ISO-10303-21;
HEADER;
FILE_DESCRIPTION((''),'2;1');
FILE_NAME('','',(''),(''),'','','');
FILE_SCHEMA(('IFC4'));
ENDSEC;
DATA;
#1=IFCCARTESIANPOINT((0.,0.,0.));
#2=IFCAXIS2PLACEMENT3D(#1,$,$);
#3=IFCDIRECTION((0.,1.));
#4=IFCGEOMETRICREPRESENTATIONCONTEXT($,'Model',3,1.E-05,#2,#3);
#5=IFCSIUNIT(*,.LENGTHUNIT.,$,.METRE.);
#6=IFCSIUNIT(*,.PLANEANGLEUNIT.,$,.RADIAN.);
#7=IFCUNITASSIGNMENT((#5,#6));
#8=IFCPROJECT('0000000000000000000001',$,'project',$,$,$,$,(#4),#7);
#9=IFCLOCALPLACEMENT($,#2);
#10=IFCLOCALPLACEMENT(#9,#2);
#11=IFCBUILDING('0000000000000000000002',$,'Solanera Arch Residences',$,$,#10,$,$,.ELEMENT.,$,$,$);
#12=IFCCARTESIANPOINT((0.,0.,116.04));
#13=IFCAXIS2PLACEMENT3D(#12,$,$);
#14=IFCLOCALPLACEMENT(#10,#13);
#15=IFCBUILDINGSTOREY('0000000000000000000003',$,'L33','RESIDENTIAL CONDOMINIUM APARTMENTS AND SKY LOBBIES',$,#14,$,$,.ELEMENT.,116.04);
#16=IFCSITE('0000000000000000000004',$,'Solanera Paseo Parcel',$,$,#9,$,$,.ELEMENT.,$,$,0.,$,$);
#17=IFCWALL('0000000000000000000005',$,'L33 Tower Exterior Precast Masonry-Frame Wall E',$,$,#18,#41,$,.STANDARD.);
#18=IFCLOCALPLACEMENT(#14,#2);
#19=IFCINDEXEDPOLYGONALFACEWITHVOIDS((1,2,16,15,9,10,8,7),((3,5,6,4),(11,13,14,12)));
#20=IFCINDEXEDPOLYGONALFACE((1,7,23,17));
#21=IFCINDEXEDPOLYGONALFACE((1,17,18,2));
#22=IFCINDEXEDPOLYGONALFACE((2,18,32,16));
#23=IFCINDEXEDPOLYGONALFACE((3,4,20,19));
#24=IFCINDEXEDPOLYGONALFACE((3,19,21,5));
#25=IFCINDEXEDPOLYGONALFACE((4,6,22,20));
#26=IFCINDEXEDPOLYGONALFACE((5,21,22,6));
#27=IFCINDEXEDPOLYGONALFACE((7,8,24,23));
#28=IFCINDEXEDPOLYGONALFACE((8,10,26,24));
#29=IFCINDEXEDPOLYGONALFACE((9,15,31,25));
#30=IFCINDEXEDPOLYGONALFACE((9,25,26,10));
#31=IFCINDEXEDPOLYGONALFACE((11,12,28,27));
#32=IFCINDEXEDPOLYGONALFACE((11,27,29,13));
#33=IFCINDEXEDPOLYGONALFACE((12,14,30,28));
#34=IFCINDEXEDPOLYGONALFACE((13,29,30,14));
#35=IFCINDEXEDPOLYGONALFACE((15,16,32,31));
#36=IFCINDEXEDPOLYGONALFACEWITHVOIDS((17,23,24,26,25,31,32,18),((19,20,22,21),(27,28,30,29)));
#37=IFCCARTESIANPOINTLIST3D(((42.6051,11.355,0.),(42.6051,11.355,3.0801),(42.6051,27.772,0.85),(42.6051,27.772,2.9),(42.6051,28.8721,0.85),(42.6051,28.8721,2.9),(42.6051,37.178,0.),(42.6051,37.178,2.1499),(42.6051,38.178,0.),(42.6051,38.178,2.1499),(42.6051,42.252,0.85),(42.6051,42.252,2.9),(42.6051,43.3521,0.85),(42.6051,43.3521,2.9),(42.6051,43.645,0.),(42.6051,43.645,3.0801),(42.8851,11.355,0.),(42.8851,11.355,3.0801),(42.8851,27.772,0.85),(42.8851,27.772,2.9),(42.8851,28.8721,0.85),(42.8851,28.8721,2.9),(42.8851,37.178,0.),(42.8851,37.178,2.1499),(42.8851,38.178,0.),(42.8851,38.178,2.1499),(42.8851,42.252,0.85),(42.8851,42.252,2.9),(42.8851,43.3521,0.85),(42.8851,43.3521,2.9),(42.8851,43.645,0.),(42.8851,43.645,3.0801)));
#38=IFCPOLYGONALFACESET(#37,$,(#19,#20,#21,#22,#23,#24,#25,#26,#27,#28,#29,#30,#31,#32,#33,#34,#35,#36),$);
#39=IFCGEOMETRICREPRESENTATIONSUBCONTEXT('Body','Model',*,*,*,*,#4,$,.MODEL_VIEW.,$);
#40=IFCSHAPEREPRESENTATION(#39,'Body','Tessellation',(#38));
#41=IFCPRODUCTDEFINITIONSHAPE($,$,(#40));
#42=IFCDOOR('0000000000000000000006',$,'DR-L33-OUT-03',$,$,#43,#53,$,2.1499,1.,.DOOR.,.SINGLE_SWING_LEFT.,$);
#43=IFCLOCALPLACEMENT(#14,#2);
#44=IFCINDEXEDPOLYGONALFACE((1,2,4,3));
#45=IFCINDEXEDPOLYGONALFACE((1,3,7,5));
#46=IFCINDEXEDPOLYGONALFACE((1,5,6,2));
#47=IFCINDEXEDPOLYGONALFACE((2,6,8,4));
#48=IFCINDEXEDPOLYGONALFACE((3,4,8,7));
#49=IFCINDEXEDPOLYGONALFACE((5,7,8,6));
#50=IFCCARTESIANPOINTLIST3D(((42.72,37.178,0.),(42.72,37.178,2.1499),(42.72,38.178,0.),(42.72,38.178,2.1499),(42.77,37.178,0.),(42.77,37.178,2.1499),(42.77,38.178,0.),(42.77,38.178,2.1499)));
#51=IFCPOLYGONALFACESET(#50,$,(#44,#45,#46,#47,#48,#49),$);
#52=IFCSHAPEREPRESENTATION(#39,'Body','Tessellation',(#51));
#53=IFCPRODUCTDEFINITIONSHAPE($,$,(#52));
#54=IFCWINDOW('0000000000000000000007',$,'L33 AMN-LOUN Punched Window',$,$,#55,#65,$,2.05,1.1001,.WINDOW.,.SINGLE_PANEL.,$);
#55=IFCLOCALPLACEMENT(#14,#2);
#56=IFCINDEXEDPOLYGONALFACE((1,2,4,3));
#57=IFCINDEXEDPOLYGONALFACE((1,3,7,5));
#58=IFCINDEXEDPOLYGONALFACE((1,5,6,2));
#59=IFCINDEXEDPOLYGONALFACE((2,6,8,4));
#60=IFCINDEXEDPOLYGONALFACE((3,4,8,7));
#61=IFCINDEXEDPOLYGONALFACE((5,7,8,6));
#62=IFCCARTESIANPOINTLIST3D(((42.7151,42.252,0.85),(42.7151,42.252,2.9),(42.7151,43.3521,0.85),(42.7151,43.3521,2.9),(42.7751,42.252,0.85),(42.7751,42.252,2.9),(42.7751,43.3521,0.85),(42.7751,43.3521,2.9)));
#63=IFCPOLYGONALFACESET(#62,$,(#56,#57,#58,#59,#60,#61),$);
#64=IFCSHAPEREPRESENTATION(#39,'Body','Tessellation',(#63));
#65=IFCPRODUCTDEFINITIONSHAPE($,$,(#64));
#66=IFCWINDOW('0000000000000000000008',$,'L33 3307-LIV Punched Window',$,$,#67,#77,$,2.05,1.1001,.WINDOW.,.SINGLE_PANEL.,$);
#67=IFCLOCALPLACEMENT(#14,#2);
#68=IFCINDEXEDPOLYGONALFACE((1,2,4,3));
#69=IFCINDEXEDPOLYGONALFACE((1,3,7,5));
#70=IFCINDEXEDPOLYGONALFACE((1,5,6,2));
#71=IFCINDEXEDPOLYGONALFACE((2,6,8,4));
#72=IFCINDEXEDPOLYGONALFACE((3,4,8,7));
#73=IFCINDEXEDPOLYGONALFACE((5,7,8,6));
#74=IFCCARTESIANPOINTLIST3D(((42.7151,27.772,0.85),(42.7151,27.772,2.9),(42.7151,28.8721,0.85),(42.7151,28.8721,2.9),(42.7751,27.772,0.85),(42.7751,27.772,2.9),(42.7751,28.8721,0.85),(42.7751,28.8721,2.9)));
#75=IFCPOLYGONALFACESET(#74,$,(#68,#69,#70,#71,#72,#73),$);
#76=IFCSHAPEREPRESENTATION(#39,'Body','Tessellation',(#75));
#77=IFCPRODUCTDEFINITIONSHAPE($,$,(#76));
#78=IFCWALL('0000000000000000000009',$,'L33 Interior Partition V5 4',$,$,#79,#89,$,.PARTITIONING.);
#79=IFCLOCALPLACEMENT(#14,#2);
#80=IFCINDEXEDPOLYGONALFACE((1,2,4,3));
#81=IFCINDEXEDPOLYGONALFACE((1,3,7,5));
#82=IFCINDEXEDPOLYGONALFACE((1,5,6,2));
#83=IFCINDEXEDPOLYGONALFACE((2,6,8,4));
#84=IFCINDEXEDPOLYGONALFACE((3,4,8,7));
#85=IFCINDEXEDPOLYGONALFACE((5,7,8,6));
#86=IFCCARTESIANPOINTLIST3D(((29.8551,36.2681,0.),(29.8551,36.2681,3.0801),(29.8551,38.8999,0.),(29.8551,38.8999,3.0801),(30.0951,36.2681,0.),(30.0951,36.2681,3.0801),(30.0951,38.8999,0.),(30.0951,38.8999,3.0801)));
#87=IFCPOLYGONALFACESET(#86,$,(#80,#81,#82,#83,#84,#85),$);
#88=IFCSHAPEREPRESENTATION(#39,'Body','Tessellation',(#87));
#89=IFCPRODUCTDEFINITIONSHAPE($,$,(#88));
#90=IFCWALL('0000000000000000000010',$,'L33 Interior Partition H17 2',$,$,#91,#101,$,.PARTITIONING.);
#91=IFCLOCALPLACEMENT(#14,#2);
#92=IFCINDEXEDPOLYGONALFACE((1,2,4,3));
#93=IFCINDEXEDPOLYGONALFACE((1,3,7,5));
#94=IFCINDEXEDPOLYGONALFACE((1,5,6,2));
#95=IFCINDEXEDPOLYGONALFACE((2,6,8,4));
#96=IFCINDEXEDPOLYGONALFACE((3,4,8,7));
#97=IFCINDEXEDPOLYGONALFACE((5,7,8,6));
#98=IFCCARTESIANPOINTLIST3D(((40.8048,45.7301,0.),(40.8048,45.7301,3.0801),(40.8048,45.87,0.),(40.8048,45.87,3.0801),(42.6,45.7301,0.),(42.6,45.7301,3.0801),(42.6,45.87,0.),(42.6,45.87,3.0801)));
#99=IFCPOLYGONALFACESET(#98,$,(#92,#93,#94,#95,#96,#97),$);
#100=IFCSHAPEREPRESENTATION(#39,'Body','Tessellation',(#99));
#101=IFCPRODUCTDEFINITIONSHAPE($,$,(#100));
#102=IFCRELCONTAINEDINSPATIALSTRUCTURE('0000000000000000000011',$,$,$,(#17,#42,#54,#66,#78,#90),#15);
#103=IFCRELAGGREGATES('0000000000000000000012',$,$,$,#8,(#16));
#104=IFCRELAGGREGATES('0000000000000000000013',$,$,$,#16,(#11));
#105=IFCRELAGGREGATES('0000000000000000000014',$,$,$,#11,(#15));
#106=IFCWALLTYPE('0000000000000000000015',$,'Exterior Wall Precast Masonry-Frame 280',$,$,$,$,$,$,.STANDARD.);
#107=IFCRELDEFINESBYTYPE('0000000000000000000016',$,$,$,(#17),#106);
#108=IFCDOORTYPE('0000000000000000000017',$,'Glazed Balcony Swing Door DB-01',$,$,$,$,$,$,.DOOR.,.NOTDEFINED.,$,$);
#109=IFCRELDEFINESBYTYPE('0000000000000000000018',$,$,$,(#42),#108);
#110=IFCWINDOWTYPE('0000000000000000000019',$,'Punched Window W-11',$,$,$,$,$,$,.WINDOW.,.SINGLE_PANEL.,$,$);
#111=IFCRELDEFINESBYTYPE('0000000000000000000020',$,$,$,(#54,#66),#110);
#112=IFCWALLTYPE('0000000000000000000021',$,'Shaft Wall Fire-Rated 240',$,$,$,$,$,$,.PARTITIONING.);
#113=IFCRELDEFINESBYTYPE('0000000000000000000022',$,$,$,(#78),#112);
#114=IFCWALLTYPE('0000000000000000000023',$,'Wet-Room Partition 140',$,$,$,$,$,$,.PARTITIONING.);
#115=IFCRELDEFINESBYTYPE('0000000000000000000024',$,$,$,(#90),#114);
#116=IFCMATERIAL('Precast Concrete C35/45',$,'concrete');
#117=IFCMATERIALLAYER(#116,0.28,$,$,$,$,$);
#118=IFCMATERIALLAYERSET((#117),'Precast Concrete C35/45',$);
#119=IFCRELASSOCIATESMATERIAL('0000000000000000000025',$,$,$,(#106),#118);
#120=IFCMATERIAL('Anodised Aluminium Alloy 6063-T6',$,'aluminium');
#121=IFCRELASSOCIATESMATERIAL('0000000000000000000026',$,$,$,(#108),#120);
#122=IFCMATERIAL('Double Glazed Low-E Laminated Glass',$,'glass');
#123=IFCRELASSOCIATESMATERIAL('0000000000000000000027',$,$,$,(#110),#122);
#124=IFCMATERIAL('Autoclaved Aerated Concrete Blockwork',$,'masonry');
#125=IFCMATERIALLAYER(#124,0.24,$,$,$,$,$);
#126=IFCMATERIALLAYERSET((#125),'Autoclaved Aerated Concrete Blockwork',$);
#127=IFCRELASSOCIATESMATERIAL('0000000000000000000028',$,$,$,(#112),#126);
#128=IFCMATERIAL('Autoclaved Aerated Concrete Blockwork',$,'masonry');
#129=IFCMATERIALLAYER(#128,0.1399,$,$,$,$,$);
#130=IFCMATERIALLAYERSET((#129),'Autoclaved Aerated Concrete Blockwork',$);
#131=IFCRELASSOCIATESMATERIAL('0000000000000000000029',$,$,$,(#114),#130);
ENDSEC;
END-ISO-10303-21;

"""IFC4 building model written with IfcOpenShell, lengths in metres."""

from ifc_helpers import new_model, si_unit, direction, frame, frame_2d, origin, place, context, subcontext, project, spatial, rectangle, extrude, material, layer, layer_set, type_object, element, fill, save


model = new_model("IFC4")

# Units and contexts
model_context = context("Model", 3, precision=1e-05, world=origin(), true_north=direction((0.0, 1.0)))
body_context = subcontext(model_context, "Body", "Model", "MODEL_VIEW")
ifc_project = project(units=[si_unit("LENGTHUNIT", "METRE"), si_unit("PLANEANGLEUNIT", "RADIAN")], contexts=[model_context])

# Site, building, storey
site_placement = place(None, origin())
site = spatial("IfcSite", under=ifc_project, at=site_placement, Name="Solanera Paseo Parcel", CompositionType="ELEMENT", RefElevation=0.0)
building_placement = place(site_placement, origin())
building = spatial("IfcBuilding", under=site, at=building_placement, Name="Solanera Arch Residences", CompositionType="ELEMENT")
storey_placement = place(building_placement, frame((0.0, 0.0, 116.04)))
storey = spatial("IfcBuildingStorey", under=building, at=storey_placement, Name="L33", Description="RESIDENTIAL CONDOMINIUM APARTMENTS AND SKY LOBBIES", CompositionType="ELEMENT", Elevation=116.04)

# Shared definitions
ifc_material_1 = material(Name="Precast Concrete C35/45", Category="concrete")
ifc_layer_1 = layer(ifc_material_1, 0.28)
ifc_layer_set_1 = layer_set([ifc_layer_1], Name="Precast Concrete C35/45")
wall_type_1 = type_object("IfcWallType", Name="Exterior Wall Precast Masonry-Frame 280", PredefinedType="STANDARD", material=ifc_layer_set_1)

# Wall, openings, door, windows
wall_1_placement = place(storey_placement, frame((42.7451, 43.645, 0.0), z_axis=(0.0, 0.0, 1.0), x_axis=(0.0, -1.0, 0.0)))
wall_1 = element("IfcWall", 1, at=wall_1_placement, inside=storey, type_object=wall_type_1, Name="L33 Tower Exterior Precast Masonry-Frame Wall E", PredefinedType="STANDARD", context=body_context, shape_type="SweptSolid", body=[
    extrude(rectangle(XDim=32.29, YDim=0.28, at=frame_2d((16.145, 0.0))), origin(), (0.0, 0.0, 1.0), 3.0801),
])
opening_1_placement = place(wall_1_placement, frame((5.467, 0.0, 0.0)))
opening_1 = element("IfcOpeningElement", 2, at=opening_1_placement, cuts=wall_1, PredefinedType="OPENING", context=body_context, shape_type="SweptSolid", body=[
    extrude(rectangle(XDim=1.0, YDim=2.1499, at=frame_2d((0.5, 1.075))), frame((0.0, 0.1499, 0.0), z_axis=(0.0, -1.0, 0.0), x_axis=(1.0, 0.0, 0.0)), (0.0, 0.0, 1.0), 0.3),
])
opening_2_placement = place(wall_1_placement, frame((0.293, 0.0, 0.8501)))
opening_2 = element("IfcOpeningElement", 3, at=opening_2_placement, cuts=wall_1, PredefinedType="OPENING", context=body_context, shape_type="SweptSolid", body=[
    extrude(rectangle(XDim=1.1001, YDim=2.05, at=frame_2d((0.55, 1.0249))), frame((0.0, 0.1499, 0.0), z_axis=(0.0, -1.0, 0.0), x_axis=(1.0, 0.0, 0.0)), (0.0, 0.0, 1.0), 0.3),
])
opening_3_placement = place(wall_1_placement, frame((14.7729, 0.0, 0.8501)))
opening_3 = element("IfcOpeningElement", 4, at=opening_3_placement, cuts=wall_1, PredefinedType="OPENING", context=body_context, shape_type="SweptSolid", body=[
    extrude(rectangle(XDim=1.1001, YDim=2.05, at=frame_2d((0.55, 1.0249))), frame((0.0, 0.1499, 0.0), z_axis=(0.0, -1.0, 0.0), x_axis=(1.0, 0.0, 0.0)), (0.0, 0.0, 1.0), 0.3),
])
ifc_material_2 = material(Name="Anodised Aluminium Alloy 6063-T6", Category="aluminium")
door_type = type_object("IfcDoorType", Name="Glazed Balcony Swing Door DB-01", OperationType="NOTDEFINED", PredefinedType="DOOR", material=ifc_material_2)
door_placement = place(opening_1_placement, origin())
door = element("IfcDoor", 5, at=door_placement, inside=storey, type_object=door_type, Name="DR-L33-OUT-03", OperationType="SINGLE_SWING_LEFT", OverallHeight=2.1499, OverallWidth=1.0, PredefinedType="DOOR", context=body_context, shape_type="SweptSolid", body=[
    extrude(rectangle(XDim=1.0, YDim=2.1499, at=frame_2d((0.5, 1.075))), frame((0.0, 0.0249, 0.0), z_axis=(0.0, -1.0, 0.0), x_axis=(1.0, 0.0, 0.0)), (0.0, 0.0, 1.0), 0.05),
])
fill(opening_1, door)
ifc_material_3 = material(Name="Double Glazed Low-E Laminated Glass", Category="glass")
window_type = type_object("IfcWindowType", Name="Punched Window W-11", PartitioningType="SINGLE_PANEL", PredefinedType="WINDOW", material=ifc_material_3)
window_1_placement = place(opening_2_placement, origin())
window_1 = element("IfcWindow", 6, at=window_1_placement, inside=storey, type_object=window_type, Name="L33 AMN-LOUN Punched Window", OverallHeight=2.05, OverallWidth=1.1001, PartitioningType="SINGLE_PANEL", PredefinedType="WINDOW", context=body_context, shape_type="SweptSolid", body=[
    extrude(rectangle(XDim=1.1001, YDim=2.05, at=frame_2d((0.55, 1.0249))), frame((0.0, 0.03, 0.0), z_axis=(0.0, -1.0, 0.0), x_axis=(1.0, 0.0, 0.0)), (0.0, 0.0, 1.0), 0.0601),
])
fill(opening_2, window_1)
window_2_placement = place(opening_3_placement, origin())
window_2 = element("IfcWindow", 7, at=window_2_placement, inside=storey, type_object=window_type, Name="L33 3307-LIV Punched Window", OverallHeight=2.05, OverallWidth=1.1001, PartitioningType="SINGLE_PANEL", PredefinedType="WINDOW", context=body_context, shape_type="SweptSolid", body=[
    extrude(rectangle(XDim=1.1001, YDim=2.05, at=frame_2d((0.55, 1.0249))), frame((0.0, 0.03, 0.0), z_axis=(0.0, -1.0, 0.0), x_axis=(1.0, 0.0, 0.0)), (0.0, 0.0, 1.0), 0.0601),
])
fill(opening_3, window_2)

# Walls
ifc_material_4 = material(Name="Autoclaved Aerated Concrete Blockwork", Category="masonry")
ifc_layer_2 = layer(ifc_material_4, 0.24)
ifc_layer_set_2 = layer_set([ifc_layer_2], Name="Autoclaved Aerated Concrete Blockwork")
wall_type_2 = type_object("IfcWallType", Name="Shaft Wall Fire-Rated 240", PredefinedType="PARTITIONING", material=ifc_layer_set_2)
wall_2_placement = place(storey_placement, frame((29.9751, 36.2681, 0.0), z_axis=(0.0, 0.0, 1.0), x_axis=(0.0, 1.0, 0.0)))
element("IfcWall", 8, at=wall_2_placement, inside=storey, type_object=wall_type_2, Name="L33 Interior Partition V5 4", PredefinedType="PARTITIONING", context=body_context, shape_type="SweptSolid", body=[
    extrude(rectangle(XDim=2.6318, YDim=0.24, at=frame_2d((1.3159, 0.0))), origin(), (0.0, 0.0, 1.0), 3.0801),
])
ifc_material_5 = material(Name="Autoclaved Aerated Concrete Blockwork", Category="masonry")
ifc_layer_3 = layer(ifc_material_5, 0.1399)
ifc_layer_set_3 = layer_set([ifc_layer_3], Name="Autoclaved Aerated Concrete Blockwork")
wall_type_3 = type_object("IfcWallType", Name="Wet-Room Partition 140", PredefinedType="PARTITIONING", material=ifc_layer_set_3)
wall_3_placement = place(storey_placement, frame((40.8049, 45.8, 0.0), z_axis=(0.0, 0.0, 1.0), x_axis=(1.0, 0.0, 0.0)))
element("IfcWall", 9, at=wall_3_placement, inside=storey, type_object=wall_type_3, Name="L33 Interior Partition H17 2", PredefinedType="PARTITIONING", context=body_context, shape_type="SweptSolid", body=[
    extrude(rectangle(XDim=1.7952, YDim=0.1399, at=frame_2d((0.8975, 0.0))), origin(), (0.0, 0.0, 1.0), 3.0801),
])

save(model, "model.ifc")
